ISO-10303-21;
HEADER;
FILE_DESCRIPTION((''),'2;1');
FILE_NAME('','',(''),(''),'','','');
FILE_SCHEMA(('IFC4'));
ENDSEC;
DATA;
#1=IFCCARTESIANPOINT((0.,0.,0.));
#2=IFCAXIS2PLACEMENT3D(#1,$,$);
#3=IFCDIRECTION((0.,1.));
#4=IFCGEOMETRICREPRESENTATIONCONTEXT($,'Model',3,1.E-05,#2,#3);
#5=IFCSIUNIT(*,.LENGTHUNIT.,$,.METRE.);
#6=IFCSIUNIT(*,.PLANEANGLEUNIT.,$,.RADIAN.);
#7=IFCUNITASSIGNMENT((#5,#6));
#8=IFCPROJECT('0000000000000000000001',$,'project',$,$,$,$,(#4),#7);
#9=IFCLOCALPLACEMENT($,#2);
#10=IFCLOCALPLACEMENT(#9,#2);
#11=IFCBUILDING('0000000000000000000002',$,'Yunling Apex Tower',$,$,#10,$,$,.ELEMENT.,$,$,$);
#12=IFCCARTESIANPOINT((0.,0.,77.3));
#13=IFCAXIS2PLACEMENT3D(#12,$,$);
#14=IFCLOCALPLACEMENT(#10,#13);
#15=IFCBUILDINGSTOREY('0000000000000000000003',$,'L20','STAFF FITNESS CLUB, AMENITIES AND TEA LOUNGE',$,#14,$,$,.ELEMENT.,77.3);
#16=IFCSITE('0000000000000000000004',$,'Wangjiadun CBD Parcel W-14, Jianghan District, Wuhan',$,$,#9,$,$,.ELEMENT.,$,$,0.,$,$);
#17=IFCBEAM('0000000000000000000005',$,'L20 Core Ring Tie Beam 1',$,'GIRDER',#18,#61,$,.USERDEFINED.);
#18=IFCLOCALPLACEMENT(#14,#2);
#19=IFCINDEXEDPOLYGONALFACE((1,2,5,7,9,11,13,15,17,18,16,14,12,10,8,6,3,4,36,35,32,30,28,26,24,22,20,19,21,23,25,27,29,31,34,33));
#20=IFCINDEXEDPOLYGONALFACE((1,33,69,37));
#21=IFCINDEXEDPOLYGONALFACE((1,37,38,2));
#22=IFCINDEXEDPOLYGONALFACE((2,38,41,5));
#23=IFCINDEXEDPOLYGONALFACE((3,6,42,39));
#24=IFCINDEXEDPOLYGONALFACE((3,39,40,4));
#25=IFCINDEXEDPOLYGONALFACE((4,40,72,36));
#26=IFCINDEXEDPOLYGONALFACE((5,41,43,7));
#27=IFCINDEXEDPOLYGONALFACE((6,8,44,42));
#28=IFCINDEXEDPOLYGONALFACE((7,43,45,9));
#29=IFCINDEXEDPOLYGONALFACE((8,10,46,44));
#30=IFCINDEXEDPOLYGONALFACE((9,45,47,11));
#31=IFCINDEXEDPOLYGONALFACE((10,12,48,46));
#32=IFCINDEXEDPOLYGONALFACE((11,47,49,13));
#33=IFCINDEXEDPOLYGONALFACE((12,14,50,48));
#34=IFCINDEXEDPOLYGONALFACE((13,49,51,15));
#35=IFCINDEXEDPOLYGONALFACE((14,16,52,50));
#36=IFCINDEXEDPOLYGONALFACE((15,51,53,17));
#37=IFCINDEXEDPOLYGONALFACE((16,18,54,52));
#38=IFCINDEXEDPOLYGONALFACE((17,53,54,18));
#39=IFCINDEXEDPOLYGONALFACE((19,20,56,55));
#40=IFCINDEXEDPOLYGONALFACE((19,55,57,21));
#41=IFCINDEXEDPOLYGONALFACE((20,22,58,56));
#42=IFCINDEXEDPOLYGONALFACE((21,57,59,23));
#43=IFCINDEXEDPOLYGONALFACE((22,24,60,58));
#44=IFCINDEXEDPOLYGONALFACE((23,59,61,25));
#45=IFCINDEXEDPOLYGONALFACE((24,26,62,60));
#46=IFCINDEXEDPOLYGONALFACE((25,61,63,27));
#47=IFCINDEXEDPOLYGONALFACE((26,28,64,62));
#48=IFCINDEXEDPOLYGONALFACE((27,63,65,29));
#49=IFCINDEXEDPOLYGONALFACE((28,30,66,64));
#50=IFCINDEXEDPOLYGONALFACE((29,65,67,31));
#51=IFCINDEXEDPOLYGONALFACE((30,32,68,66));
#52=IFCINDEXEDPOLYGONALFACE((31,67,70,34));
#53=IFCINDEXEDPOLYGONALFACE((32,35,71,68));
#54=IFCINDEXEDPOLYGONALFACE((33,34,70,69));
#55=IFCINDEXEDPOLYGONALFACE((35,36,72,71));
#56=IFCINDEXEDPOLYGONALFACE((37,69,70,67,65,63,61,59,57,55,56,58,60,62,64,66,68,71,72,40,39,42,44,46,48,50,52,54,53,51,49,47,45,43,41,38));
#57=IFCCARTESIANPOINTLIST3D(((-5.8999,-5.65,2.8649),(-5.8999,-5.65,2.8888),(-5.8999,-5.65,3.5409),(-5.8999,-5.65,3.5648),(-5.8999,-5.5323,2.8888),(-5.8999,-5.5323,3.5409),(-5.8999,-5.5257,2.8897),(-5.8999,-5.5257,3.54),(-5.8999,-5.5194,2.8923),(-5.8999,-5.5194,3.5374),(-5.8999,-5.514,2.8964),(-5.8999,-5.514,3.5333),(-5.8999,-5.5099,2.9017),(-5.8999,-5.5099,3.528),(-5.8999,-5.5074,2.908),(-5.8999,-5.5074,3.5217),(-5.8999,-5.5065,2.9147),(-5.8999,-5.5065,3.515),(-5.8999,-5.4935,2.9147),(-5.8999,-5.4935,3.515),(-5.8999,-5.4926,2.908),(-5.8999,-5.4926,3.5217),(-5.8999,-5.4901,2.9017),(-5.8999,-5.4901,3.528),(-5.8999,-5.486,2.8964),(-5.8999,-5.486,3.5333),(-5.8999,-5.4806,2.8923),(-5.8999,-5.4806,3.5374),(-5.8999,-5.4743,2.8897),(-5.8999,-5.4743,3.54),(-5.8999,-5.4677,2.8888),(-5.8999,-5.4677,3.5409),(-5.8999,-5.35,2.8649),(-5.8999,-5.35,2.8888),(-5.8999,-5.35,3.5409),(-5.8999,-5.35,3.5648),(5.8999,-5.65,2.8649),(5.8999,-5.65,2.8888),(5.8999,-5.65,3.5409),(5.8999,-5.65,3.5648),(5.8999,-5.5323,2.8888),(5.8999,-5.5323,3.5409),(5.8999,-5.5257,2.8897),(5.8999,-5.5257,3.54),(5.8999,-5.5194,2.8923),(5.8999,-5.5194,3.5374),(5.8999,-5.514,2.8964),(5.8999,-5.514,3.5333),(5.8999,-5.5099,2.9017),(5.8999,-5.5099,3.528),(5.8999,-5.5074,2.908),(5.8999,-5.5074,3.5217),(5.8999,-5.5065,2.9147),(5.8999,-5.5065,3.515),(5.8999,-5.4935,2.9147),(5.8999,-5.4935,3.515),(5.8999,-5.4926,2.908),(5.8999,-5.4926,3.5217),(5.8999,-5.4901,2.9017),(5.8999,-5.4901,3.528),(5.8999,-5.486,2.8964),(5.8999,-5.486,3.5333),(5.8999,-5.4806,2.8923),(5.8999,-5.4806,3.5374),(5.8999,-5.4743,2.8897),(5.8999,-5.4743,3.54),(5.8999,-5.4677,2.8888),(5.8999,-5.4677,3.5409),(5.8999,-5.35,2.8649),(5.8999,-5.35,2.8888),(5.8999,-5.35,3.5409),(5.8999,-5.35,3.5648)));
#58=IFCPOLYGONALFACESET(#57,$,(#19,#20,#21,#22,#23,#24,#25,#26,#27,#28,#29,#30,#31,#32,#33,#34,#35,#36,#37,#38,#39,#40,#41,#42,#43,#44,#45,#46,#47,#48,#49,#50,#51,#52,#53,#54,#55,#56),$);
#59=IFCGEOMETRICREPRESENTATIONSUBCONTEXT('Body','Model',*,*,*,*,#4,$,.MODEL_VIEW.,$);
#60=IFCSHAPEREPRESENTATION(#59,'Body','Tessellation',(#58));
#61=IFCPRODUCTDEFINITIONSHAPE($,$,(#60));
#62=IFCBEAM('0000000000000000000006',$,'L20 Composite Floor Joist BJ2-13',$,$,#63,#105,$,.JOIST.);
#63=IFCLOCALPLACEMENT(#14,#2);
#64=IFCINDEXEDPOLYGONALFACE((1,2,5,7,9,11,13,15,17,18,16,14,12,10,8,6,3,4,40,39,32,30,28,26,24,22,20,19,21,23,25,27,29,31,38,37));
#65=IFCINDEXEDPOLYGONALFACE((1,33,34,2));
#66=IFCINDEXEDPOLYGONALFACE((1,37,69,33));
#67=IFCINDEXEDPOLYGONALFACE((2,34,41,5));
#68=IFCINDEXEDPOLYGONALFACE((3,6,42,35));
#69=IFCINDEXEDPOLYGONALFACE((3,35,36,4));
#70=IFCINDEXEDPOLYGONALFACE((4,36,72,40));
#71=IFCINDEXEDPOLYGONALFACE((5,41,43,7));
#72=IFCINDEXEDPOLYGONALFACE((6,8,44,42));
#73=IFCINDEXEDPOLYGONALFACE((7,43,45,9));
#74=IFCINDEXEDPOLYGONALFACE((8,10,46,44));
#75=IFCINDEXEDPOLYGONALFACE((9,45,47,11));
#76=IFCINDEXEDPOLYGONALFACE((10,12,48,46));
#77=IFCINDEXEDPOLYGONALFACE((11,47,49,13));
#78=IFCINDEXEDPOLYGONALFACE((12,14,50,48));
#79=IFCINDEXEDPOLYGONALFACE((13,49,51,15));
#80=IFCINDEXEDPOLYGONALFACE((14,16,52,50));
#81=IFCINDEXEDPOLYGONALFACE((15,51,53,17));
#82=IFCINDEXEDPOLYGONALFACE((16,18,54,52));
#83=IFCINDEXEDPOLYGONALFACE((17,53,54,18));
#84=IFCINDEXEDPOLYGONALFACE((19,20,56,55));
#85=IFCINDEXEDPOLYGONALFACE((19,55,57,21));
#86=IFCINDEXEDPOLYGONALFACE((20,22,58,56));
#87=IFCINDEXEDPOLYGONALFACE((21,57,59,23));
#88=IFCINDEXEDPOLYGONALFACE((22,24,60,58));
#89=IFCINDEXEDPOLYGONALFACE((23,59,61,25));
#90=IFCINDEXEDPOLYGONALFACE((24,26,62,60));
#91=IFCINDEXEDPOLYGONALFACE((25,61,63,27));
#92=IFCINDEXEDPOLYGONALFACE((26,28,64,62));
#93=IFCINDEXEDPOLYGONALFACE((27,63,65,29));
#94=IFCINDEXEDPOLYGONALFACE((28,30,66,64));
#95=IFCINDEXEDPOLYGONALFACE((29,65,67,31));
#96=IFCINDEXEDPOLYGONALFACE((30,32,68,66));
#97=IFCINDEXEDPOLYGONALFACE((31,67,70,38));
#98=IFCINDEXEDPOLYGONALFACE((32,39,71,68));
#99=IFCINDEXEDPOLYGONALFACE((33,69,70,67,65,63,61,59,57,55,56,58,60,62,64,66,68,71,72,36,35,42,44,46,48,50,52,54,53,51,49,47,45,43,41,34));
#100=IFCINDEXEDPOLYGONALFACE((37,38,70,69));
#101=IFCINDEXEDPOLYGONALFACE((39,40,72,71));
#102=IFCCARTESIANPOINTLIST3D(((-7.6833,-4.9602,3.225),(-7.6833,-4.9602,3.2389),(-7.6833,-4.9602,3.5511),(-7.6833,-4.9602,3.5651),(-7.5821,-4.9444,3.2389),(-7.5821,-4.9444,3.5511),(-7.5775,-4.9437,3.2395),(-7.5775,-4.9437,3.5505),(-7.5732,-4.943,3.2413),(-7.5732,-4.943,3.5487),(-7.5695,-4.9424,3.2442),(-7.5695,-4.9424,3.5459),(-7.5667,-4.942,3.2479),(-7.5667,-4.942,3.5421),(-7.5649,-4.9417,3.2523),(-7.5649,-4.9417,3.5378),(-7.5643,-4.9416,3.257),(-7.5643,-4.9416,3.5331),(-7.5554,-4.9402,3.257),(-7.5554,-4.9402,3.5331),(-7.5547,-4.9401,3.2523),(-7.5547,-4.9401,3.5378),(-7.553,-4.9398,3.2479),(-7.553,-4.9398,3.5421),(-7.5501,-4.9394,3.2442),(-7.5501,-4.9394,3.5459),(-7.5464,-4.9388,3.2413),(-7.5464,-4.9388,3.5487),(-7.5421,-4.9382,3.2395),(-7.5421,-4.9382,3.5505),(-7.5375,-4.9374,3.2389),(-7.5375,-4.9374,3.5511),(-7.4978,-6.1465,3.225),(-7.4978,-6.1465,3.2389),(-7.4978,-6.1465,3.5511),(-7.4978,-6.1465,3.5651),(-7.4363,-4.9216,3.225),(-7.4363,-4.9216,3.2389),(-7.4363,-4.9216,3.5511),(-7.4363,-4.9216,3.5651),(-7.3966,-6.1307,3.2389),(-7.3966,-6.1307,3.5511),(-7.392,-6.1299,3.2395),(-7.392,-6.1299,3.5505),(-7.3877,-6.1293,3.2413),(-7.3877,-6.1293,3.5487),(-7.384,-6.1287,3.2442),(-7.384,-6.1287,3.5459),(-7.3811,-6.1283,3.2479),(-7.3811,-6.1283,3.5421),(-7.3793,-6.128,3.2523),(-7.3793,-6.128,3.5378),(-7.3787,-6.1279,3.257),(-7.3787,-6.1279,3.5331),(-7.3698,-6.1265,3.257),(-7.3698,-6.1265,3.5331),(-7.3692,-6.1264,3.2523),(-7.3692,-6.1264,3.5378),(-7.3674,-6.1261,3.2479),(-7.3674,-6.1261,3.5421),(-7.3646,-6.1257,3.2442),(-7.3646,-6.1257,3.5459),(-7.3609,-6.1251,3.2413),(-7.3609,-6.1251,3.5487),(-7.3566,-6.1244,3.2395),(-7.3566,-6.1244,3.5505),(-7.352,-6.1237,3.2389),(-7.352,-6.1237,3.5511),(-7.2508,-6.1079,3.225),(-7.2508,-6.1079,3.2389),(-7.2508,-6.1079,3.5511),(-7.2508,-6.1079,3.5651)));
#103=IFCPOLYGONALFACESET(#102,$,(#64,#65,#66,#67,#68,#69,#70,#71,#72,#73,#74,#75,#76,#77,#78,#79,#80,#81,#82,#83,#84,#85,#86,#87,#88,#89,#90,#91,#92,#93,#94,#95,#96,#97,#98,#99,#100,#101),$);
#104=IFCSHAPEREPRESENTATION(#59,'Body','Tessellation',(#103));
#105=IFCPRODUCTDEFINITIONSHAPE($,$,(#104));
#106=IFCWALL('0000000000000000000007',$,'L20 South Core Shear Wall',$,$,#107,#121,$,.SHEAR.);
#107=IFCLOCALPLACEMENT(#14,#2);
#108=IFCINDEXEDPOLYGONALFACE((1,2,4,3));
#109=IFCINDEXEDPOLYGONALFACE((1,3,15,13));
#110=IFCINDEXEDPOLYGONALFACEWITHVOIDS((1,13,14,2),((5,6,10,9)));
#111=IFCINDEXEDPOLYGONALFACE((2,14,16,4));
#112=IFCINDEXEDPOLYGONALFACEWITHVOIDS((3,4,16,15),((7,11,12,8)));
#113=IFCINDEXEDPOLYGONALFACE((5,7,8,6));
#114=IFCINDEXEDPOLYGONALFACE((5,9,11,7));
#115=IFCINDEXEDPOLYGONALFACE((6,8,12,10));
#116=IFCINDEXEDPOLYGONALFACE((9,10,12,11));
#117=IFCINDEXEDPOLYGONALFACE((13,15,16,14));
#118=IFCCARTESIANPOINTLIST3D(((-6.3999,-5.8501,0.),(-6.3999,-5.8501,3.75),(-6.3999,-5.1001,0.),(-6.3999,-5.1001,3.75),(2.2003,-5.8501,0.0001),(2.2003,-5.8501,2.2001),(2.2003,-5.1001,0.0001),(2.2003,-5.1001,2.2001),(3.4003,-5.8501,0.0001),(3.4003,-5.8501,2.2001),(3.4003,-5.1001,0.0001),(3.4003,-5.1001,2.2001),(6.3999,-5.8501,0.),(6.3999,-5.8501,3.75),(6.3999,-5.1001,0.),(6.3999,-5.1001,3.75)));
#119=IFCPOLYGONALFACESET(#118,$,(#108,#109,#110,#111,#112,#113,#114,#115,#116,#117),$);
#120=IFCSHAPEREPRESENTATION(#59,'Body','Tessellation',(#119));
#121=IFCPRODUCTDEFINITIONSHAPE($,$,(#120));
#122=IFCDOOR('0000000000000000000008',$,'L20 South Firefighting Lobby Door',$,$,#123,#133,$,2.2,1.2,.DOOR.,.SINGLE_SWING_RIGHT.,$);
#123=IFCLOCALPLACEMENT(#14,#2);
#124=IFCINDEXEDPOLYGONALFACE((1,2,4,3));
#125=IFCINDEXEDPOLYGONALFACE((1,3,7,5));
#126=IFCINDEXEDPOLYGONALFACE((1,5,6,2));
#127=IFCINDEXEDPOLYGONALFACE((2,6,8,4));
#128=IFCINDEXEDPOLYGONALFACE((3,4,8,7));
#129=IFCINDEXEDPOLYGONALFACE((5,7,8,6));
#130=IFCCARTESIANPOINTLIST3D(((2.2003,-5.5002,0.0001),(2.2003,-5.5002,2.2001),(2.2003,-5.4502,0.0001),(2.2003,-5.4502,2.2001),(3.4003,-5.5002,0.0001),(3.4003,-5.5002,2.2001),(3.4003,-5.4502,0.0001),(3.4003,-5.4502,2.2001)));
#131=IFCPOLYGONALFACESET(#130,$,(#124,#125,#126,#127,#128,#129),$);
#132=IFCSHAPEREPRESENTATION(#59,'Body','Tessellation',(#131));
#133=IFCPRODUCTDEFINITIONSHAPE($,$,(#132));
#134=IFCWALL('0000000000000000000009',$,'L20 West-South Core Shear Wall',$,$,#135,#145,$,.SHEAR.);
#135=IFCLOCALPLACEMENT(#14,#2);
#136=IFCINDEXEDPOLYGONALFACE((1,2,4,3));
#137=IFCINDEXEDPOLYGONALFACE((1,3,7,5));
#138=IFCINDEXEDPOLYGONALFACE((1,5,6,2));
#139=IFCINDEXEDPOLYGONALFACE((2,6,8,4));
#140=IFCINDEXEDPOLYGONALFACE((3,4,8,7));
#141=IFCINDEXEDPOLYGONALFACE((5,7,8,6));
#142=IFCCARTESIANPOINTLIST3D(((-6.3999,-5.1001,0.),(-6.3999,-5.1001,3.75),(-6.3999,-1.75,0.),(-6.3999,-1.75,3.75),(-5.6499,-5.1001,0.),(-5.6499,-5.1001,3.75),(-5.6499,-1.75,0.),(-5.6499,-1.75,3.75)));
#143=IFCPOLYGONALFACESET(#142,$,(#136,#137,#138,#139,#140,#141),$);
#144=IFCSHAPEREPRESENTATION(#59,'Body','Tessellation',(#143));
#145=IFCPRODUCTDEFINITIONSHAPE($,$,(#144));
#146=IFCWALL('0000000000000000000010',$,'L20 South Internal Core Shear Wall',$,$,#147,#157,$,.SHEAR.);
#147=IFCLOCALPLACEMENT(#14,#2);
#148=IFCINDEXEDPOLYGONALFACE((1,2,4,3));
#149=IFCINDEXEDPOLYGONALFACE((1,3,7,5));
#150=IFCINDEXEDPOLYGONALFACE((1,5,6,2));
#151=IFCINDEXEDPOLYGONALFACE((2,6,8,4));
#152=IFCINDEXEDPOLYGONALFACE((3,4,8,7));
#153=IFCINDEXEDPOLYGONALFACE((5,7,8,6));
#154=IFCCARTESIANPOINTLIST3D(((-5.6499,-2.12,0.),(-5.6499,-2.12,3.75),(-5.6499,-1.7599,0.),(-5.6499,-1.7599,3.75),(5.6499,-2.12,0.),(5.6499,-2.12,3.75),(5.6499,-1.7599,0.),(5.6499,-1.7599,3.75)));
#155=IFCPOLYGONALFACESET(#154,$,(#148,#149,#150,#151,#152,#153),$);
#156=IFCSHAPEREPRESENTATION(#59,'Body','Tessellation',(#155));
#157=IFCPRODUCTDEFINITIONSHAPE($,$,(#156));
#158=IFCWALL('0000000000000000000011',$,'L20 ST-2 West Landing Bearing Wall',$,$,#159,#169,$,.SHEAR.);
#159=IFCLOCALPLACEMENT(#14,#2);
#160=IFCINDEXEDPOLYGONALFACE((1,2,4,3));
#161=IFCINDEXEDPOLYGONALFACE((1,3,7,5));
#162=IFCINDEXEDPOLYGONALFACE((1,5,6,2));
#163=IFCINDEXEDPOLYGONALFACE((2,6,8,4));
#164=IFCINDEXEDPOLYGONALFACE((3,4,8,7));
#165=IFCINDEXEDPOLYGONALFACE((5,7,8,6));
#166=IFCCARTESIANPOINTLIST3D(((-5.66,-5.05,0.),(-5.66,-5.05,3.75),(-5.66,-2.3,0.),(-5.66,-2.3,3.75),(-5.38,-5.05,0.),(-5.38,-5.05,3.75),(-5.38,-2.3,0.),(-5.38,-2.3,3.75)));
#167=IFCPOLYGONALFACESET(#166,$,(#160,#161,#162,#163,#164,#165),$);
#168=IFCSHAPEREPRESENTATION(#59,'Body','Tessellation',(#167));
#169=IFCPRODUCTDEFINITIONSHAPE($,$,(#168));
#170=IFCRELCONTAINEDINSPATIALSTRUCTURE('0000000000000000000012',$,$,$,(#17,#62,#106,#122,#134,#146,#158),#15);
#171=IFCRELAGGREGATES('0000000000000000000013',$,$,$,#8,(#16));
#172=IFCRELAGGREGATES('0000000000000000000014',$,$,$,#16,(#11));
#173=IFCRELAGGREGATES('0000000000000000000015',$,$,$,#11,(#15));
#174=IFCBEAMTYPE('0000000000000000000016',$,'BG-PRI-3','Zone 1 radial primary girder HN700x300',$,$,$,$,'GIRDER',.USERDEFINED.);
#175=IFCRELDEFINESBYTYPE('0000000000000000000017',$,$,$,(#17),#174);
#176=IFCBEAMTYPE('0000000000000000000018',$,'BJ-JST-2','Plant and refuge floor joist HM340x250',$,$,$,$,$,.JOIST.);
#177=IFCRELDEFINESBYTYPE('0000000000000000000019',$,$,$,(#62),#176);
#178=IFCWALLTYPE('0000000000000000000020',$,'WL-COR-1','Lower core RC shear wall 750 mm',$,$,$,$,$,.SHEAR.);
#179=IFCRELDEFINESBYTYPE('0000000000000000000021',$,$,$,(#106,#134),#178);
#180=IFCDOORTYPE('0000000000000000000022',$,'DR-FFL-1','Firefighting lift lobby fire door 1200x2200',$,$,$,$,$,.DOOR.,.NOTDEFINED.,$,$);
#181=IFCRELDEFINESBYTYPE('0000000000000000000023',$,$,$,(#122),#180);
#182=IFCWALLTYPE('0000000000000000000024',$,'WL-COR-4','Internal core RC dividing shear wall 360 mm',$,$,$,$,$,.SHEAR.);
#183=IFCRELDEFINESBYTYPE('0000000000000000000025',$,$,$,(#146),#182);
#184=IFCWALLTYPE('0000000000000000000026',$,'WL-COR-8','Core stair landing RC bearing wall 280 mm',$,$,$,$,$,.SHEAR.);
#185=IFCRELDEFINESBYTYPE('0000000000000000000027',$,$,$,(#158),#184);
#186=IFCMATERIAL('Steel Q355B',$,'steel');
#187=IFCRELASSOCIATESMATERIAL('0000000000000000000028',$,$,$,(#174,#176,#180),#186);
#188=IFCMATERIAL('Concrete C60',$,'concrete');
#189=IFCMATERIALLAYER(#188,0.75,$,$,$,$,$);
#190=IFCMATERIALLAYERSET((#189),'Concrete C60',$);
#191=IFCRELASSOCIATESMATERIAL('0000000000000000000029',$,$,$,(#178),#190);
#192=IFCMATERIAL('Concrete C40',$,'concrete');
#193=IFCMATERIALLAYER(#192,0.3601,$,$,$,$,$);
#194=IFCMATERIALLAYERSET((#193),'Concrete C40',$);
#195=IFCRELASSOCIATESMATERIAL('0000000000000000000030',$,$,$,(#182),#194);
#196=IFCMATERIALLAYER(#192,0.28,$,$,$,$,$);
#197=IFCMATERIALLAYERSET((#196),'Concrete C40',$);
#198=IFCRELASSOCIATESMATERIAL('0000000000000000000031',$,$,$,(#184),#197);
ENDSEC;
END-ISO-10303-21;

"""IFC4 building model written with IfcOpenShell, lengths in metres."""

from ifc_helpers import new_model, si_unit, direction, frame, frame_2d, origin, origin_2d, place, context, subcontext, project, spatial, rectangle, i_section, extrude, source, transform, mapped, material, layer, layer_set, material_profile, profile_set, type_object, element, fill, save


model = new_model("IFC4")

# Units and contexts
model_context = context("Model", 3, precision=1e-05, world=origin(), true_north=direction((0.0, 1.0)))
body_context = subcontext(model_context, "Body", "Model", "MODEL_VIEW")
ifc_project = project(units=[si_unit("LENGTHUNIT", "METRE"), si_unit("PLANEANGLEUNIT", "RADIAN")], contexts=[model_context])

# Site, building, storey
site_placement = place(None, origin())
site = spatial("IfcSite", under=ifc_project, at=site_placement, Name="Wangjiadun CBD Parcel W-14, Jianghan District, Wuhan", CompositionType="ELEMENT", RefElevation=0.0)
building_placement = place(site_placement, origin())
building = spatial("IfcBuilding", under=site, at=building_placement, Name="Yunling Apex Tower", CompositionType="ELEMENT")
storey_placement = place(building_placement, frame((0.0, 0.0, 77.3)))
storey = spatial("IfcBuildingStorey", under=building, at=storey_placement, Name="L20", Description="STAFF FITNESS CLUB, AMENITIES AND TEA LOUNGE", CompositionType="ELEMENT", Elevation=77.3)

# Shared definitions
ifc_material_1 = material(Name="Concrete C60", Category="concrete")

# Beams
ifc_material_2 = material(Name="Steel Q355B", Category="steel")
ifc_material_profile_1 = material_profile(ifc_material_2, i_section(OverallWidth=0.3, OverallDepth=0.7, WebThickness=0.0129, FlangeThickness=0.0239, FilletRadius=0.0259, at=origin_2d()))
ifc_profile_set_1 = profile_set([ifc_material_profile_1], Name="Steel Q355B")
beam_type_1 = type_object("IfcBeamType", Name="BG-PRI-3", Description="Zone 1 radial primary girder HN700x300", ElementType="GIRDER", PredefinedType="USERDEFINED", material=ifc_profile_set_1)
shared_shape_1 = source(origin(), body_context, "Body", "SweptSolid", [
    extrude(i_section(OverallWidth=0.3, OverallDepth=0.7, WebThickness=0.0129, FlangeThickness=0.0239, FilletRadius=0.0259, at=origin_2d()), origin(), (0.0, 0.0, 1.0), 11.7998),
])
beam_1_placement = place(storey_placement, frame((-5.8999, -5.5, 3.2148), z_axis=(1.0, 0.0, 0.0), x_axis=(0.0, 1.0, 0.0)))
element("IfcBeam", 1, at=beam_1_placement, inside=storey, type_object=beam_type_1, Name="L20 Core Ring Tie Beam 1", ObjectType="GIRDER", PredefinedType="USERDEFINED", context=body_context, shape_type="MappedRepresentation", body=[
    mapped(shared_shape_1, transform((0.0, 0.0, 0.0), scale=1.0)),
])
ifc_material_profile_2 = material_profile(ifc_material_2, i_section(OverallWidth=0.25, OverallDepth=0.3401, WebThickness=0.009, FlangeThickness=0.0139, FilletRadius=0.0181, at=origin_2d()))
ifc_profile_set_2 = profile_set([ifc_material_profile_2], Name="Steel Q355B")
beam_type_2 = type_object("IfcBeamType", Name="BJ-JST-2", Description="Plant and refuge floor joist HM340x250", PredefinedType="JOIST", material=ifc_profile_set_2)
shared_shape_2 = source(origin(), body_context, "Body", "SweptSolid", [
    extrude(i_section(OverallWidth=0.25, OverallDepth=0.3401, WebThickness=0.009, FlangeThickness=0.0139, FilletRadius=0.0181, at=origin_2d()), origin(), (0.0, 0.0, 1.0), 1.2007),
])
beam_2_placement = place(storey_placement, frame((-7.5598, -4.9409, 3.395), z_axis=(0.154532, -0.987988, 0.0), x_axis=(0.987988, 0.154532, 0.0)))
element("IfcBeam", 2, at=beam_2_placement, inside=storey, type_object=beam_type_2, Name="L20 Composite Floor Joist BJ2-13", PredefinedType="JOIST", context=body_context, shape_type="MappedRepresentation", body=[
    mapped(shared_shape_2, transform((0.0, 0.0, 0.0), scale=1.0)),
])

# Wall, opening, door
ifc_layer_1 = layer(ifc_material_1, 0.75)
ifc_layer_set_1 = layer_set([ifc_layer_1], Name="Concrete C60")
wall_type_1 = type_object("IfcWallType", Name="WL-COR-1", Description="Lower core RC shear wall 750 mm", PredefinedType="SHEAR", material=ifc_layer_set_1)
wall_1_placement = place(storey_placement, frame((-6.3999, -5.4751, 0.0), z_axis=(0.0, 0.0, 1.0), x_axis=(1.0, 0.0, 0.0)))
wall_1 = element("IfcWall", 3, at=wall_1_placement, inside=storey, type_object=wall_type_1, Name="L20 South Core Shear Wall", PredefinedType="SHEAR", context=body_context, shape_type="SweptSolid", body=[
    extrude(rectangle(XDim=12.7998, YDim=0.75, at=frame_2d((6.3999, 0.0))), origin(), (0.0, 0.0, 1.0), 3.75),
])
opening_placement = place(wall_1_placement, frame((8.6001, 0.0, 0.0)))
opening = element("IfcOpeningElement", 4, at=opening_placement, cuts=wall_1, PredefinedType="OPENING", context=body_context, shape_type="SweptSolid", body=[
    extrude(rectangle(XDim=1.2, YDim=2.2, at=frame_2d((0.6001, 1.1001))), frame((0.0, 0.385, 0.0), z_axis=(0.0, -1.0, 0.0), x_axis=(1.0, 0.0, 0.0)), (0.0, 0.0, 1.0), 0.77),
])
door_type = type_object("IfcDoorType", Name="DR-FFL-1", Description="Firefighting lift lobby fire door 1200x2200", OperationType="NOTDEFINED", PredefinedType="DOOR", material=ifc_material_2)
door_placement = place(opening_placement, origin())
door = element("IfcDoor", 5, at=door_placement, inside=storey, type_object=door_type, Name="L20 South Firefighting Lobby Door", OperationType="SINGLE_SWING_RIGHT", OverallHeight=2.2, OverallWidth=1.2, PredefinedType="DOOR", context=body_context, shape_type="SweptSolid", body=[
    extrude(rectangle(XDim=1.2, YDim=2.2, at=frame_2d((0.6001, 1.1001))), frame((0.0, 0.0249, 0.0), z_axis=(0.0, -1.0, 0.0), x_axis=(1.0, 0.0, 0.0)), (0.0, 0.0, 1.0), 0.05),
])
fill(opening, door)

# Walls
wall_2_placement = place(storey_placement, frame((-6.0249, -5.1001, 0.0), z_axis=(0.0, 0.0, 1.0), x_axis=(0.0, 1.0, 0.0)))
element("IfcWall", 6, at=wall_2_placement, inside=storey, type_object=wall_type_1, Name="L20 West-South Core Shear Wall", PredefinedType="SHEAR", context=body_context, shape_type="SweptSolid", body=[
    extrude(rectangle(XDim=3.3501, YDim=0.75, at=frame_2d((1.675, 0.0))), origin(), (0.0, 0.0, 1.0), 3.75),
])
ifc_material_3 = material(Name="Concrete C40", Category="concrete")
ifc_layer_2 = layer(ifc_material_3, 0.3601)
ifc_layer_set_2 = layer_set([ifc_layer_2], Name="Concrete C40")
wall_type_2 = type_object("IfcWallType", Name="WL-COR-4", Description="Internal core RC dividing shear wall 360 mm", PredefinedType="SHEAR", material=ifc_layer_set_2)
wall_3_placement = place(storey_placement, frame((-5.6499, -1.9399, 0.0), z_axis=(0.0, 0.0, 1.0), x_axis=(1.0, 0.0, 0.0)))
element("IfcWall", 7, at=wall_3_placement, inside=storey, type_object=wall_type_2, Name="L20 South Internal Core Shear Wall", PredefinedType="SHEAR", context=body_context, shape_type="SweptSolid", body=[
    extrude(rectangle(XDim=11.2998, YDim=0.3601, at=frame_2d((5.6499, 0.0))), origin(), (0.0, 0.0, 1.0), 3.75),
])
ifc_layer_3 = layer(ifc_material_3, 0.28)
ifc_layer_set_3 = layer_set([ifc_layer_3], Name="Concrete C40")
wall_type_3 = type_object("IfcWallType", Name="WL-COR-8", Description="Core stair landing RC bearing wall 280 mm", PredefinedType="SHEAR", material=ifc_layer_set_3)
wall_4_placement = place(storey_placement, frame((-5.52, -5.05, 0.0), z_axis=(0.0, 0.0, 1.0), x_axis=(0.0, 1.0, 0.0)))
element("IfcWall", 8, at=wall_4_placement, inside=storey, type_object=wall_type_3, Name="L20 ST-2 West Landing Bearing Wall", PredefinedType="SHEAR", context=body_context, shape_type="SweptSolid", body=[
    extrude(rectangle(XDim=2.75, YDim=0.28, at=frame_2d((1.375, 0.0))), origin(), (0.0, 0.0, 1.0), 3.75),
])

save(model, "model.ifc")
